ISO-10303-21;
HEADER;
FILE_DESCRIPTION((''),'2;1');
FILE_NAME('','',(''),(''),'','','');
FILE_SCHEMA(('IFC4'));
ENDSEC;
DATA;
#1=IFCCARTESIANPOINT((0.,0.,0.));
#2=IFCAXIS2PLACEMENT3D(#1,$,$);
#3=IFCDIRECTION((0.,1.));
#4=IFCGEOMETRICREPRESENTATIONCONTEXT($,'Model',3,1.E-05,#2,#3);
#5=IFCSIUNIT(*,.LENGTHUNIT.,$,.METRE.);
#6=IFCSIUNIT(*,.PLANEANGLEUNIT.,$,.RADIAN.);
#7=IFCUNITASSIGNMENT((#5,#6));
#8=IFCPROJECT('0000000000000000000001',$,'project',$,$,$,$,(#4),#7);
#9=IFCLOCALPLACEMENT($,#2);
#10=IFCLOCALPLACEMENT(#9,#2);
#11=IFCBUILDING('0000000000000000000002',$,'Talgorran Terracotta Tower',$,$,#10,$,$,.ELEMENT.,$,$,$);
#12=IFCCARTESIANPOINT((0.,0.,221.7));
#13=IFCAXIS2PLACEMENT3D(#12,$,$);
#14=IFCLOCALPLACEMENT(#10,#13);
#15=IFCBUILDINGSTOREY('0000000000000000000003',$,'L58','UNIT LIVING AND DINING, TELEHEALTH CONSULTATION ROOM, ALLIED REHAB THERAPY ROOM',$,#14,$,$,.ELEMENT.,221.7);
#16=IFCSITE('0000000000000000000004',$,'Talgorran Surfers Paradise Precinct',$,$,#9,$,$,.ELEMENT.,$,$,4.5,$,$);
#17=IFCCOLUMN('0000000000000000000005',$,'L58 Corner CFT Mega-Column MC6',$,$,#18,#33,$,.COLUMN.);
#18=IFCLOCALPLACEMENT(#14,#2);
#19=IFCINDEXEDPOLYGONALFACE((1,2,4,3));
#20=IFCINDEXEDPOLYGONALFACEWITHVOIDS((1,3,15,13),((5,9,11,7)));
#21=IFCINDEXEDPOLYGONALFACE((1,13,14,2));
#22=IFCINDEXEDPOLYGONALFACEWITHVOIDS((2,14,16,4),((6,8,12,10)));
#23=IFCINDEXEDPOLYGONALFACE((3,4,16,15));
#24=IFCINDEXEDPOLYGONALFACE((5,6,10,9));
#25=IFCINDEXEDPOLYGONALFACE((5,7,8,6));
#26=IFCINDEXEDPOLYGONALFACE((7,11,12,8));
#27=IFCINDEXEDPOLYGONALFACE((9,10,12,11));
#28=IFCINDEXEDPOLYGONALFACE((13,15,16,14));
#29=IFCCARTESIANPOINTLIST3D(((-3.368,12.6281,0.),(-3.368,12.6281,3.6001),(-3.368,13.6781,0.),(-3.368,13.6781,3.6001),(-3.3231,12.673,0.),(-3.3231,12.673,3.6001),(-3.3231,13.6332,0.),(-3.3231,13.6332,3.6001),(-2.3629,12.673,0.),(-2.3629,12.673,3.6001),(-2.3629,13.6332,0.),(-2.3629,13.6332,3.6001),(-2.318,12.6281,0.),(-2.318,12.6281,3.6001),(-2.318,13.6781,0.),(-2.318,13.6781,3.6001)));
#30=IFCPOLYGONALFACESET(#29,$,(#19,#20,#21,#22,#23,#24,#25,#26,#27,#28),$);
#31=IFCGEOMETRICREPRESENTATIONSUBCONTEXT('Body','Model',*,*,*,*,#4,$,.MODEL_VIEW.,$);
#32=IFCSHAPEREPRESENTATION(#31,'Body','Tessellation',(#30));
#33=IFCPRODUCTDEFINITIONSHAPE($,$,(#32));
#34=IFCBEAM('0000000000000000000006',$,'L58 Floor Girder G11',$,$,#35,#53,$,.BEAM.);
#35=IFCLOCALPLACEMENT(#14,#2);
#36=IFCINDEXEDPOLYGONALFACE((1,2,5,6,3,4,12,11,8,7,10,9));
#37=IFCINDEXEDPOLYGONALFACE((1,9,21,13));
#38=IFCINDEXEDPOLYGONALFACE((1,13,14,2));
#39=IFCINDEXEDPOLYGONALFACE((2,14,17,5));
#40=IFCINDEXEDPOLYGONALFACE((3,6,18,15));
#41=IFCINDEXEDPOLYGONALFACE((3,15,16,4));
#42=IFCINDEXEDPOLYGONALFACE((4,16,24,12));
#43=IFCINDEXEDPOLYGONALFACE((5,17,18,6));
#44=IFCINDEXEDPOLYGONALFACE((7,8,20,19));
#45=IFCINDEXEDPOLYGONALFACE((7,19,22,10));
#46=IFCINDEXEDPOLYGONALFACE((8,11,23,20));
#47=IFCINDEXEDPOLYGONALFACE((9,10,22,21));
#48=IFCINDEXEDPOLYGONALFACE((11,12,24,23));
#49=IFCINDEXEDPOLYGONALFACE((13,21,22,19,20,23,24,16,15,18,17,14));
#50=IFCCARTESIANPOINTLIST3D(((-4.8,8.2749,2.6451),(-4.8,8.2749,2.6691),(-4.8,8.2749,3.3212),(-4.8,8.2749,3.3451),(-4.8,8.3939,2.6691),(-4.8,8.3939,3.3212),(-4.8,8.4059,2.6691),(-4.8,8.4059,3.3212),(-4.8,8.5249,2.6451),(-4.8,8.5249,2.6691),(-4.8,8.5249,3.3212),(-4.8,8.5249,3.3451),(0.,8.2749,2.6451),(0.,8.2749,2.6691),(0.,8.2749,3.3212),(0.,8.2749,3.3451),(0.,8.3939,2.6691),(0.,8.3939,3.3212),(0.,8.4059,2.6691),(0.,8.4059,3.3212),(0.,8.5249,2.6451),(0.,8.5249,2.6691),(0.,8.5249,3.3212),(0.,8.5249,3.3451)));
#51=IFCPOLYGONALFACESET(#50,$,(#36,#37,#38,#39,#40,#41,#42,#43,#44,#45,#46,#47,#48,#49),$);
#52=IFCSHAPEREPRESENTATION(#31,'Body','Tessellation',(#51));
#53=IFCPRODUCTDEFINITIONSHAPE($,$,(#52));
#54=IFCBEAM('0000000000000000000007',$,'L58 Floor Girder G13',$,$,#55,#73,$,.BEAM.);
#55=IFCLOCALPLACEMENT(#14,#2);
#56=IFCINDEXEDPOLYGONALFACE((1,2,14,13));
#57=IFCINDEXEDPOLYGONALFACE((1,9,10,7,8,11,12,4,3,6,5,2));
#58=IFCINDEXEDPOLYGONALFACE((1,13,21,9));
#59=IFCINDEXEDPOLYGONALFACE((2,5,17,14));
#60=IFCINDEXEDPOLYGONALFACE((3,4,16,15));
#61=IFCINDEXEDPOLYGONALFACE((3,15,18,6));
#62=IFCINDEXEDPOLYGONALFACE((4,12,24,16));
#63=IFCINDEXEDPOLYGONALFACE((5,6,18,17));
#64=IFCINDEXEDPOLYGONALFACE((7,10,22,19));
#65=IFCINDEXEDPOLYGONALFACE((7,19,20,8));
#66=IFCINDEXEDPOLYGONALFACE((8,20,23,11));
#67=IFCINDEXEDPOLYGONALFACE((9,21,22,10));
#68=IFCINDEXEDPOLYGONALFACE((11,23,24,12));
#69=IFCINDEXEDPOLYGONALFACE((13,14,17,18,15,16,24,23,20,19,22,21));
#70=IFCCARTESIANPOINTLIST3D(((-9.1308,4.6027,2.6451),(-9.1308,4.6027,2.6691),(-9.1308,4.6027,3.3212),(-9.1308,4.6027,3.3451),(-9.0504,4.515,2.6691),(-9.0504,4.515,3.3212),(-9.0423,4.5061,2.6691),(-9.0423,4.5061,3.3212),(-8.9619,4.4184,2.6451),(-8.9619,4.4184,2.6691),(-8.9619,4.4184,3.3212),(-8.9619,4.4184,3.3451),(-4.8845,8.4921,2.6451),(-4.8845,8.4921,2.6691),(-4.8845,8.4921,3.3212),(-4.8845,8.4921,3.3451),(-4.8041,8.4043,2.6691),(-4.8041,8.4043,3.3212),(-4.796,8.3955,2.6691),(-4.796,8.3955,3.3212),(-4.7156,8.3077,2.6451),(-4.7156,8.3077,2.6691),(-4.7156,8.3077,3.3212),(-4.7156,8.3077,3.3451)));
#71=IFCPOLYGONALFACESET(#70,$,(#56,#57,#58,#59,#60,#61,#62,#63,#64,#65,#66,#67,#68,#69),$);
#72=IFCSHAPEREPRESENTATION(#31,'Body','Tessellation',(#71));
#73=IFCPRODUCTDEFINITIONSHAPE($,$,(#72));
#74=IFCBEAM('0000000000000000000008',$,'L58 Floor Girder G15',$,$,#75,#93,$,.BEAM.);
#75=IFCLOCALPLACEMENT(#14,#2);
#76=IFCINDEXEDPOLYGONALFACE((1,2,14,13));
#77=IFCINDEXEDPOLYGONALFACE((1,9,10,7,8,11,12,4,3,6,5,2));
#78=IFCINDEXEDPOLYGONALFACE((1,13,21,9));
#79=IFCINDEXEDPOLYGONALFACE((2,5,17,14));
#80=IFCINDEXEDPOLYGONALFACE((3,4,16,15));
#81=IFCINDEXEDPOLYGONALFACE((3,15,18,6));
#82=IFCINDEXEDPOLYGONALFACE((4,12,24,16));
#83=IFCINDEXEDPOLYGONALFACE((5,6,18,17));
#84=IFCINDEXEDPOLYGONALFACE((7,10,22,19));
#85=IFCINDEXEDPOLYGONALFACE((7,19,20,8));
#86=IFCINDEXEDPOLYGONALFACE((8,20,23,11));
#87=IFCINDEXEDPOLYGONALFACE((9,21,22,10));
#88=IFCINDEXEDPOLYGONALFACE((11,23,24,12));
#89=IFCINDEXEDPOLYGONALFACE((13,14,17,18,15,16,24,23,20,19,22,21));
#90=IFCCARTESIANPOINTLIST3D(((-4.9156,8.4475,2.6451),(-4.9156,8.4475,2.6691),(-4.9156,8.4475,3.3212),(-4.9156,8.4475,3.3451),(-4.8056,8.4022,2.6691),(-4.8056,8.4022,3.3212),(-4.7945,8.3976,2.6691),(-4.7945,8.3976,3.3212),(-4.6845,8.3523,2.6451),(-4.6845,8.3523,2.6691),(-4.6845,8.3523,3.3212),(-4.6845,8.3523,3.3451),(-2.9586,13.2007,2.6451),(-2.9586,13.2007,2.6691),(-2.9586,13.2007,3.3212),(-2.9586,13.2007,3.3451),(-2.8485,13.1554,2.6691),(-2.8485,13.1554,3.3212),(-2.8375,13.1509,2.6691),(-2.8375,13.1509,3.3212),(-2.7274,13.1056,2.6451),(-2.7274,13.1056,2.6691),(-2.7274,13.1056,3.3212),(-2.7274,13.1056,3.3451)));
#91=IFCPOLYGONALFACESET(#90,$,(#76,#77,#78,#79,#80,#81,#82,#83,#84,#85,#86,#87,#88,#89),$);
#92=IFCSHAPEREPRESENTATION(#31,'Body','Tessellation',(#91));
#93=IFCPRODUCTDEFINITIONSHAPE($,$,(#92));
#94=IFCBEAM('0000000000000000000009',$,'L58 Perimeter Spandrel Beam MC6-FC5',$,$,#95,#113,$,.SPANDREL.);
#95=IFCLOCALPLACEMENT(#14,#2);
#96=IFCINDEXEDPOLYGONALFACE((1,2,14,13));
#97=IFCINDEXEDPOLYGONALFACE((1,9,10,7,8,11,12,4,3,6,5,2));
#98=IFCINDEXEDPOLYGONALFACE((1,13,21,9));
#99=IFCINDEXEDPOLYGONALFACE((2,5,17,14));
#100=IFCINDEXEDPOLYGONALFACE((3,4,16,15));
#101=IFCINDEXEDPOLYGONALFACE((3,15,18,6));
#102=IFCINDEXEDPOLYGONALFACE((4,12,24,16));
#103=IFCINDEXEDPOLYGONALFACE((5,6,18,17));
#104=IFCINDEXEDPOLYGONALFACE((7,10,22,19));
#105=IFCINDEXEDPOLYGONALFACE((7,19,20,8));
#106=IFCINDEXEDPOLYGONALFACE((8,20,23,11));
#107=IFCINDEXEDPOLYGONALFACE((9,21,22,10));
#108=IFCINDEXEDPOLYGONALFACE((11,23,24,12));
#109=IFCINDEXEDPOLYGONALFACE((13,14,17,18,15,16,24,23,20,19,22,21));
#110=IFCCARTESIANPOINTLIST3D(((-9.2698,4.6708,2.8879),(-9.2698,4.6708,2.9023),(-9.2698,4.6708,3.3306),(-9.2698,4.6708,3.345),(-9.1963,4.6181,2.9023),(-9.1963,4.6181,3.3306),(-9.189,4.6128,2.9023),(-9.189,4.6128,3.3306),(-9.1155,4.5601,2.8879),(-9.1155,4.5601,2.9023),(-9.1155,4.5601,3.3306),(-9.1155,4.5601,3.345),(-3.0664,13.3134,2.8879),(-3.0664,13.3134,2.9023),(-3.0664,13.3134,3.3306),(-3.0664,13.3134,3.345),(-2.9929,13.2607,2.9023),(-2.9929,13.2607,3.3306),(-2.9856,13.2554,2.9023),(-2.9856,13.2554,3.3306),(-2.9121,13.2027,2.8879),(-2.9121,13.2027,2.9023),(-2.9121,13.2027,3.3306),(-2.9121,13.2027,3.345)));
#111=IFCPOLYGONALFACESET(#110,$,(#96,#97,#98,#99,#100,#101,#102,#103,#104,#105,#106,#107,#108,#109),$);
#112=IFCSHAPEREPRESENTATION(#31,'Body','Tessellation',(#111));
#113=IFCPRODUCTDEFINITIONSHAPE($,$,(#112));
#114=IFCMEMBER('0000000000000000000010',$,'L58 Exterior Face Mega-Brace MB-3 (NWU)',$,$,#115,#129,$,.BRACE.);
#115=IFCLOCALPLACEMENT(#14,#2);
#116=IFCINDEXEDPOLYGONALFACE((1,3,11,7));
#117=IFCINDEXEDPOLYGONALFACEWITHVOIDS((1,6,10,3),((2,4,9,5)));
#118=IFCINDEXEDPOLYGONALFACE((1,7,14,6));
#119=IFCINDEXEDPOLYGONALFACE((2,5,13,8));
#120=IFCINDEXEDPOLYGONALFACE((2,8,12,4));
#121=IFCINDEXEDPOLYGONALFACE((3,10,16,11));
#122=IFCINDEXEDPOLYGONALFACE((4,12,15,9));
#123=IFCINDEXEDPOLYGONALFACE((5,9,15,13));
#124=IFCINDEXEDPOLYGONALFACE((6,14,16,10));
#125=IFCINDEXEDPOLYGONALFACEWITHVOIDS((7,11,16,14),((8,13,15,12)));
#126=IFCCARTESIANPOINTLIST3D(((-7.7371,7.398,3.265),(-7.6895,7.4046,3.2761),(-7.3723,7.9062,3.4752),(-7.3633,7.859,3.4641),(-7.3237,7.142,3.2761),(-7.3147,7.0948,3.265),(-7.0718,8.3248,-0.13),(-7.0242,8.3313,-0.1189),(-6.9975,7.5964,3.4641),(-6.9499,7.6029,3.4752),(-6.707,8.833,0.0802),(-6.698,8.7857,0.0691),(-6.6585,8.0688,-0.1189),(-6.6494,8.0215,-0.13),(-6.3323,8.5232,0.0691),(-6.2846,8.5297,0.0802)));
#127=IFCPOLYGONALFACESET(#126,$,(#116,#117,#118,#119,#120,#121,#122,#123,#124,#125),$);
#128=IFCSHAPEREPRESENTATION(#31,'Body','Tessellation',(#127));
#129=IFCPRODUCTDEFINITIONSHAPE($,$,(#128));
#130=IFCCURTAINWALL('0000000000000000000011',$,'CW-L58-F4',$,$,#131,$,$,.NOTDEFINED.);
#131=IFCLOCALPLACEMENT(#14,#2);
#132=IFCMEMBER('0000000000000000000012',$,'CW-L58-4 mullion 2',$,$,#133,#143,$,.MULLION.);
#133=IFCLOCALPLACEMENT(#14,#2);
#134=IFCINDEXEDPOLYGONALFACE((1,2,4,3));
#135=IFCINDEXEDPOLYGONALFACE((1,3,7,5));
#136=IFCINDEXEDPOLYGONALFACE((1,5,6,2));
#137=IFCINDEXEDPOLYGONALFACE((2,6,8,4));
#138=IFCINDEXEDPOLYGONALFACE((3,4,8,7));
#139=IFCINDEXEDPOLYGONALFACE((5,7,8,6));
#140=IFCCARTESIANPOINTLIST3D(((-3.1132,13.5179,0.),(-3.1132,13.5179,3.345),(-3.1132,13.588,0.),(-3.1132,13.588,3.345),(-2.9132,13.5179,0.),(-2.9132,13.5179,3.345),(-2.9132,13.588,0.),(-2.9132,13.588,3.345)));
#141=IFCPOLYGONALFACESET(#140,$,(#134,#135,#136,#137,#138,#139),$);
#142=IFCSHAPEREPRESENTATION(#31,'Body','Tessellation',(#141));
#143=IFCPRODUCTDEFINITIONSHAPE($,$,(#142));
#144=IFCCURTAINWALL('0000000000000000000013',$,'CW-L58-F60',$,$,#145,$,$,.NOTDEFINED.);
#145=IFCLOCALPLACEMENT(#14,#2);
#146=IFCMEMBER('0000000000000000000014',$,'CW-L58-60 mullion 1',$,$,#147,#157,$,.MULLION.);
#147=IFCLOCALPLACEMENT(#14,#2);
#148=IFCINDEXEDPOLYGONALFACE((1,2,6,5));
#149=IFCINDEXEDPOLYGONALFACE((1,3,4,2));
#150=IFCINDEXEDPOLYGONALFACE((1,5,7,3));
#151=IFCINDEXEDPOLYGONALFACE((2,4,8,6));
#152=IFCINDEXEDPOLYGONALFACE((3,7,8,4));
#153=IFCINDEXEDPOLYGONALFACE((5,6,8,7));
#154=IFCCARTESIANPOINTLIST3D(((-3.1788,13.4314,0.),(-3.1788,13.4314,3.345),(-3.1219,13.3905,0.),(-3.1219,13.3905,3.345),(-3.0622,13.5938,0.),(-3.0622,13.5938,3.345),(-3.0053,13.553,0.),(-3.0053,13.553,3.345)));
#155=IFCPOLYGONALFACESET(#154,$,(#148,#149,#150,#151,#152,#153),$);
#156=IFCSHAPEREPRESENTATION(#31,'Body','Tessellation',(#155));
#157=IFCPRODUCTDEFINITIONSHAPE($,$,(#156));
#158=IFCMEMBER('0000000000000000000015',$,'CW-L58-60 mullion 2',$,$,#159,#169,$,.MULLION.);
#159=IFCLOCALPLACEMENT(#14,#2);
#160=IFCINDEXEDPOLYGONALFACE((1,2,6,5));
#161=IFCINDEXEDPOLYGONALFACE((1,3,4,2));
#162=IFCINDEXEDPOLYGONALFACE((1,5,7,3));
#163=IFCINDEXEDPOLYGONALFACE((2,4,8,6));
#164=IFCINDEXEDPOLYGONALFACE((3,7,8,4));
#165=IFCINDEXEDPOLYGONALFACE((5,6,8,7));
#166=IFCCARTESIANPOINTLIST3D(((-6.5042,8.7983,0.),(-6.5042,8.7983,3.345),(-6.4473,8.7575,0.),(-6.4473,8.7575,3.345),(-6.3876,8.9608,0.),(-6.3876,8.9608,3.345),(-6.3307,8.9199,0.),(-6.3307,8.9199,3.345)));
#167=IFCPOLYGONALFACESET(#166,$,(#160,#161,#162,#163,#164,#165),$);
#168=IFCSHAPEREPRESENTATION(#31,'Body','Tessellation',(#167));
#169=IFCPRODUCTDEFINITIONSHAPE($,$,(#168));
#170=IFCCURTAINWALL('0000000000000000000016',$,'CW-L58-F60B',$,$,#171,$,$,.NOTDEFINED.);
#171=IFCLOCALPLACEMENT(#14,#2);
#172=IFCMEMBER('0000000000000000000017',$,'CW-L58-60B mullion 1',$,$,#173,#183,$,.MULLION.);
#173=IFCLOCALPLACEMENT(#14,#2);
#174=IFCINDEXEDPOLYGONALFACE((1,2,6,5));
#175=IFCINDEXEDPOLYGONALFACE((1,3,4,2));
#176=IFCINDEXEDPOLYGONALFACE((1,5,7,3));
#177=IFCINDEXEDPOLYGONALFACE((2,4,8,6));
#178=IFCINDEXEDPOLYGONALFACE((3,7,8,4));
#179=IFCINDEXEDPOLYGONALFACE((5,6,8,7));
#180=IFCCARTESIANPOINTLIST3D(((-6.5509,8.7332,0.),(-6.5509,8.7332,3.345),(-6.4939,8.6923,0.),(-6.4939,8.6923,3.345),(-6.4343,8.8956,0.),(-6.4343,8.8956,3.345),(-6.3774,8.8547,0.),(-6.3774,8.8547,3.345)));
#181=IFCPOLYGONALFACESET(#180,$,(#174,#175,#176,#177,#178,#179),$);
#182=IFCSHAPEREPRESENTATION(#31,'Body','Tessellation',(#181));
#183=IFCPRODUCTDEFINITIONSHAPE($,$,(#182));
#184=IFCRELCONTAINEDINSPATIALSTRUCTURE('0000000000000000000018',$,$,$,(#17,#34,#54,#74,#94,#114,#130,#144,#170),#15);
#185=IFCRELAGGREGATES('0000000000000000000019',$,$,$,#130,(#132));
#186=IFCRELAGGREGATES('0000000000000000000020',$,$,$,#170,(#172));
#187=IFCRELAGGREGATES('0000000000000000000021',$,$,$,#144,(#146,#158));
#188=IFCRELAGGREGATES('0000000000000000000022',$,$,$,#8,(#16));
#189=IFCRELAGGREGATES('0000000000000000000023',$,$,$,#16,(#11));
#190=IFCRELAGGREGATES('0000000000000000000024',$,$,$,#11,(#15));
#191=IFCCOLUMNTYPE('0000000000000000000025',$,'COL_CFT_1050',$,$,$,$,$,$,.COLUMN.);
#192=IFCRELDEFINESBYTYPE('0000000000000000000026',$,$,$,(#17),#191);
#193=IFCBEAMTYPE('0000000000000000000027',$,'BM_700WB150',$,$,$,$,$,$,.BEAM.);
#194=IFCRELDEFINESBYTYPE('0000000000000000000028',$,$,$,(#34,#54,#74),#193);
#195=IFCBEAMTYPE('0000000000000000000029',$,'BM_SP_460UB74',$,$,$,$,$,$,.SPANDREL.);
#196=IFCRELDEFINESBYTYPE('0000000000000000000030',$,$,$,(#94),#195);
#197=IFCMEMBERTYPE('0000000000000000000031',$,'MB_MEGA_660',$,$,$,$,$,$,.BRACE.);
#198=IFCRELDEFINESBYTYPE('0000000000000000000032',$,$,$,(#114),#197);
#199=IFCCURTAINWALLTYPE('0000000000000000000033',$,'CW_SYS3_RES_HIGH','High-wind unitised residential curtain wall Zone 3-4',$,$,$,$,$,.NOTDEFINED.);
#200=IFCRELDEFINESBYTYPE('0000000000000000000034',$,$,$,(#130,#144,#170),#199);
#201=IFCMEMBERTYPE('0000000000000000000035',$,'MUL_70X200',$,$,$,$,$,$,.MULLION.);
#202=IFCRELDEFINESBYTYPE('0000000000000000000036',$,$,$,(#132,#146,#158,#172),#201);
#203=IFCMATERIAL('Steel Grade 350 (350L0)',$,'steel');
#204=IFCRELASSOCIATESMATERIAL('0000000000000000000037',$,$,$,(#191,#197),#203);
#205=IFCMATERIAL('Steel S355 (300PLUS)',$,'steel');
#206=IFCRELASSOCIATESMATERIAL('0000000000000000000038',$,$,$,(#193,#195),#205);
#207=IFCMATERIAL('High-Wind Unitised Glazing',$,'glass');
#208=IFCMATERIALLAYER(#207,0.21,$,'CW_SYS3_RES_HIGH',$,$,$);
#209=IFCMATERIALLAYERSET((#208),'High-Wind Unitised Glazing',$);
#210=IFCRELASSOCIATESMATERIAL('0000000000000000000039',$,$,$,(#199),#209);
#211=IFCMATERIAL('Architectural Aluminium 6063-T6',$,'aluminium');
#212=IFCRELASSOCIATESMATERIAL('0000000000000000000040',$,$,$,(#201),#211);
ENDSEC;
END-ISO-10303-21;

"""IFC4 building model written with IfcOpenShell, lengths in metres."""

from ifc_helpers import new_model, si_unit, direction, frame, origin, origin_2d, place, context, subcontext, project, spatial, rectangle, hollow_rectangle, i_section, extrude, material, layer, layer_set, material_profile, profile_set, type_object, element, aggregate, save


model = new_model("IFC4")

# Units and contexts
model_context = context("Model", 3, precision=1e-05, world=origin(), true_north=direction((0.0, 1.0)))
body_context = subcontext(model_context, "Body", "Model", "MODEL_VIEW")
ifc_project = project(units=[si_unit("LENGTHUNIT", "METRE"), si_unit("PLANEANGLEUNIT", "RADIAN")], contexts=[model_context])

# Site, building, storey
site_placement = place(None, origin())
site = spatial("IfcSite", under=ifc_project, at=site_placement, Name="Talgorran Surfers Paradise Precinct", CompositionType="ELEMENT", RefElevation=4.5)
building_placement = place(site_placement, origin())
building = spatial("IfcBuilding", under=site, at=building_placement, Name="Talgorran Terracotta Tower", CompositionType="ELEMENT")
storey_placement = place(building_placement, frame((0.0, 0.0, 221.7)))
storey = spatial("IfcBuildingStorey", under=building, at=storey_placement, Name="L58", Description="UNIT LIVING AND DINING, TELEHEALTH CONSULTATION ROOM, ALLIED REHAB THERAPY ROOM", CompositionType="ELEMENT", Elevation=221.7)

# Column
ifc_material_1 = material(Name="Steel Grade 350 (350L0)", Category="steel")
ifc_material_profile_1 = material_profile(ifc_material_1, hollow_rectangle(XDim=1.05, YDim=1.05, WallThickness=0.0449, at=origin_2d()), Name="CFT1050X1050X45")
ifc_profile_set_1 = profile_set([ifc_material_profile_1], Name="Steel Grade 350 (350L0)")
column_type = type_object("IfcColumnType", Name="COL_CFT_1050", PredefinedType="COLUMN", material=ifc_profile_set_1)
column_placement = place(storey_placement, frame((-2.843, 13.1531, 0.0), z_axis=(0.0, 0.0, 1.0), x_axis=(1.0, 0.0, 0.0)))
element("IfcColumn", 1, at=column_placement, inside=storey, type_object=column_type, Name="L58 Corner CFT Mega-Column MC6", PredefinedType="COLUMN", context=body_context, shape_type="SweptSolid", body=[
    extrude(hollow_rectangle(XDim=1.05, YDim=1.05, WallThickness=0.0449, at=origin_2d()), origin(), (0.0, 0.0, 1.0), 3.6001),
])

# Beams
ifc_material_2 = material(Name="Steel S355 (300PLUS)", Category="steel")
ifc_material_profile_2 = material_profile(ifc_material_2, i_section(OverallWidth=0.25, OverallDepth=0.7, WebThickness=0.012, FlangeThickness=0.0239, at=origin_2d()), Name="700WB150")
ifc_profile_set_2 = profile_set([ifc_material_profile_2], Name="Steel S355 (300PLUS)")
beam_type_1 = type_object("IfcBeamType", Name="BM_700WB150", PredefinedType="BEAM", material=ifc_profile_set_2)
beam_1_placement = place(storey_placement, frame((-4.8, 8.3999, 2.9951), z_axis=(1.0, 0.0, 0.0), x_axis=(0.0, 1.0, 0.0)))
element("IfcBeam", 2, at=beam_1_placement, inside=storey, type_object=beam_type_1, Name="L58 Floor Girder G11", PredefinedType="BEAM", context=body_context, shape_type="SweptSolid", body=[
    extrude(i_section(OverallWidth=0.25, OverallDepth=0.7, WebThickness=0.012, FlangeThickness=0.0239, at=origin_2d()), origin(), (0.0, 0.0, 1.0), 4.8),
])
beam_2_placement = place(storey_placement, frame((-4.8, 8.3999, 2.9951), z_axis=(-0.73742, -0.675435, 0.0), x_axis=(0.675435, -0.73742, 0.0)))
element("IfcBeam", 3, at=beam_2_placement, inside=storey, type_object=beam_type_1, Name="L58 Floor Girder G13", PredefinedType="BEAM", context=body_context, shape_type="SweptSolid", body=[
    extrude(i_section(OverallWidth=0.25, OverallDepth=0.7, WebThickness=0.012, FlangeThickness=0.0239, at=origin_2d()), origin(), (0.0, 0.0, 1.0), 5.7583),
])
beam_3_placement = place(storey_placement, frame((-4.8, 8.3999, 2.9951), z_axis=(0.380724, 0.924689, 0.0), x_axis=(-0.924689, 0.380724, 0.0)))
element("IfcBeam", 4, at=beam_3_placement, inside=storey, type_object=beam_type_1, Name="L58 Floor Girder G15", PredefinedType="BEAM", context=body_context, shape_type="SweptSolid", body=[
    extrude(i_section(OverallWidth=0.25, OverallDepth=0.7, WebThickness=0.012, FlangeThickness=0.0239, at=origin_2d()), origin(), (0.0, 0.0, 1.0), 5.1404),
])
ifc_material_profile_3 = material_profile(ifc_material_2, i_section(OverallWidth=0.1899, OverallDepth=0.457, WebThickness=0.009, FlangeThickness=0.0144, at=origin_2d()), Name="460UB74.6")
ifc_profile_set_3 = profile_set([ifc_material_profile_3], Name="Steel S355 (300PLUS)")
beam_type_2 = type_object("IfcBeamType", Name="BM_SP_460UB74", PredefinedType="SPANDREL", material=ifc_profile_set_3)
beam_4_placement = place(storey_placement, frame((-2.9893, 13.2581, 3.1165), z_axis=(-0.58311, -0.812393, 0.0), x_axis=(0.812393, -0.58311, 0.0)))
element("IfcBeam", 5, at=beam_4_placement, inside=storey, type_object=beam_type_2, Name="L58 Perimeter Spandrel Beam MC6-FC5", PredefinedType="SPANDREL", context=body_context, shape_type="SweptSolid", body=[
    extrude(i_section(OverallWidth=0.1899, OverallDepth=0.457, WebThickness=0.009, FlangeThickness=0.0144, at=origin_2d()), origin(), (0.0, 0.0, 1.0), 10.6384),
])

# Member
ifc_material_profile_4 = material_profile(ifc_material_1, hollow_rectangle(XDim=0.52, YDim=0.6599, WallThickness=0.0349, at=origin_2d()), Name="WBOX660X520X35")
ifc_profile_set_4 = profile_set([ifc_material_profile_4], Name="Steel Grade 350 (350L0)")
member_type_1 = type_object("IfcMemberType", Name="MB_MEGA_660", PredefinedType="BRACE", material=ifc_profile_set_4)
member_1_placement = place(storey_placement, frame((-6.6782, 8.4272, -0.0249), z_axis=(-0.185752, -0.258757, 0.947914), x_axis=(0.812358, -0.58316, 0.0)))
element("IfcMember", 6, at=member_1_placement, inside=storey, type_object=member_type_1, Name="L58 Exterior Face Mega-Brace MB-3 (NWU)", PredefinedType="BRACE", context=body_context, shape_type="SweptSolid", body=[
    extrude(hollow_rectangle(XDim=0.52, YDim=0.6599, WallThickness=0.0349, at=origin_2d()), origin(), (0.0, 0.0, 1.0), 3.5815),
])

# Curtain wall, member
ifc_material_3 = material(Name="High-Wind Unitised Glazing", Category="glass")
ifc_layer_1 = layer(ifc_material_3, 0.21, Name="CW_SYS3_RES_HIGH")
ifc_layer_set_1 = layer_set([ifc_layer_1], Name="High-Wind Unitised Glazing")
curtain_wall_type = type_object("IfcCurtainWallType", Name="CW_SYS3_RES_HIGH", Description="High-wind unitised residential curtain wall Zone 3-4", PredefinedType="NOTDEFINED", material=ifc_layer_set_1)
curtain_wall_1_placement = place(storey_placement, origin())
curtain_wall_1 = element("IfcCurtainWall", 7, at=curtain_wall_1_placement, inside=storey, type_object=curtain_wall_type, Name="CW-L58-F4", PredefinedType="NOTDEFINED")
ifc_material_4 = material(Name="Architectural Aluminium 6063-T6", Category="aluminium")
ifc_material_profile_5 = material_profile(ifc_material_4, rectangle(XDim=0.0701, YDim=0.2, at=origin_2d()), Name="CWM70X200")
ifc_profile_set_5 = profile_set([ifc_material_profile_5], Name="Architectural Aluminium 6063-T6")
member_type_2 = type_object("IfcMemberType", Name="MUL_70X200", PredefinedType="MULLION", material=ifc_profile_set_5)
member_2_placement = place(storey_placement, frame((-3.0132, 13.553, 0.0), z_axis=(0.0, 0.0, 1.0), x_axis=(0.0, -1.0, 0.0)))
member_2 = element("IfcMember", 8, at=member_2_placement, type_object=member_type_2, Name="CW-L58-4 mullion 2", PredefinedType="MULLION", context=body_context, shape_type="SweptSolid", body=[
    extrude(rectangle(XDim=0.0701, YDim=0.2, at=origin_2d()), origin(), (0.0, 0.0, 1.0), 3.345),
])
aggregate(curtain_wall_1, [member_2])

# Curtain wall, members
curtain_wall_2_placement = place(storey_placement, origin())
curtain_wall_2 = element("IfcCurtainWall", 9, at=curtain_wall_2_placement, inside=storey, type_object=curtain_wall_type, Name="CW-L58-F60", PredefinedType="NOTDEFINED")
member_3_placement = place(storey_placement, frame((-3.092, 13.4922, 0.0), z_axis=(0.0, 0.0, 1.0), x_axis=(0.81239, -0.583114, 0.0)))
member_3 = element("IfcMember", 10, at=member_3_placement, type_object=member_type_2, Name="CW-L58-60 mullion 1", PredefinedType="MULLION", context=body_context, shape_type="SweptSolid", body=[
    extrude(rectangle(XDim=0.0701, YDim=0.2, at=origin_2d()), origin(), (0.0, 0.0, 1.0), 3.345),
])
member_4_placement = place(storey_placement, frame((-6.4175, 8.8591, 0.0), z_axis=(0.0, 0.0, 1.0), x_axis=(0.81239, -0.583114, 0.0)))
member_4 = element("IfcMember", 11, at=member_4_placement, type_object=member_type_2, Name="CW-L58-60 mullion 2", PredefinedType="MULLION", context=body_context, shape_type="SweptSolid", body=[
    extrude(rectangle(XDim=0.0701, YDim=0.2, at=origin_2d()), origin(), (0.0, 0.0, 1.0), 3.345),
])

# Curtain wall, member
curtain_wall_3_placement = place(storey_placement, origin())
curtain_wall_3 = element("IfcCurtainWall", 12, at=curtain_wall_3_placement, inside=storey, type_object=curtain_wall_type, Name="CW-L58-F60B", PredefinedType="NOTDEFINED")
member_5_placement = place(storey_placement, frame((-6.4641, 8.7939, 0.0), z_axis=(0.0, 0.0, 1.0), x_axis=(0.812388, -0.583118, 0.0)))
member_5 = element("IfcMember", 13, at=member_5_placement, type_object=member_type_2, Name="CW-L58-60B mullion 1", PredefinedType="MULLION", context=body_context, shape_type="SweptSolid", body=[
    extrude(rectangle(XDim=0.0701, YDim=0.2, at=origin_2d()), origin(), (0.0, 0.0, 1.0), 3.345),
])

aggregate(curtain_wall_3, [member_5])

aggregate(curtain_wall_2, [member_3, member_4])

save(model, "model.ifc")
